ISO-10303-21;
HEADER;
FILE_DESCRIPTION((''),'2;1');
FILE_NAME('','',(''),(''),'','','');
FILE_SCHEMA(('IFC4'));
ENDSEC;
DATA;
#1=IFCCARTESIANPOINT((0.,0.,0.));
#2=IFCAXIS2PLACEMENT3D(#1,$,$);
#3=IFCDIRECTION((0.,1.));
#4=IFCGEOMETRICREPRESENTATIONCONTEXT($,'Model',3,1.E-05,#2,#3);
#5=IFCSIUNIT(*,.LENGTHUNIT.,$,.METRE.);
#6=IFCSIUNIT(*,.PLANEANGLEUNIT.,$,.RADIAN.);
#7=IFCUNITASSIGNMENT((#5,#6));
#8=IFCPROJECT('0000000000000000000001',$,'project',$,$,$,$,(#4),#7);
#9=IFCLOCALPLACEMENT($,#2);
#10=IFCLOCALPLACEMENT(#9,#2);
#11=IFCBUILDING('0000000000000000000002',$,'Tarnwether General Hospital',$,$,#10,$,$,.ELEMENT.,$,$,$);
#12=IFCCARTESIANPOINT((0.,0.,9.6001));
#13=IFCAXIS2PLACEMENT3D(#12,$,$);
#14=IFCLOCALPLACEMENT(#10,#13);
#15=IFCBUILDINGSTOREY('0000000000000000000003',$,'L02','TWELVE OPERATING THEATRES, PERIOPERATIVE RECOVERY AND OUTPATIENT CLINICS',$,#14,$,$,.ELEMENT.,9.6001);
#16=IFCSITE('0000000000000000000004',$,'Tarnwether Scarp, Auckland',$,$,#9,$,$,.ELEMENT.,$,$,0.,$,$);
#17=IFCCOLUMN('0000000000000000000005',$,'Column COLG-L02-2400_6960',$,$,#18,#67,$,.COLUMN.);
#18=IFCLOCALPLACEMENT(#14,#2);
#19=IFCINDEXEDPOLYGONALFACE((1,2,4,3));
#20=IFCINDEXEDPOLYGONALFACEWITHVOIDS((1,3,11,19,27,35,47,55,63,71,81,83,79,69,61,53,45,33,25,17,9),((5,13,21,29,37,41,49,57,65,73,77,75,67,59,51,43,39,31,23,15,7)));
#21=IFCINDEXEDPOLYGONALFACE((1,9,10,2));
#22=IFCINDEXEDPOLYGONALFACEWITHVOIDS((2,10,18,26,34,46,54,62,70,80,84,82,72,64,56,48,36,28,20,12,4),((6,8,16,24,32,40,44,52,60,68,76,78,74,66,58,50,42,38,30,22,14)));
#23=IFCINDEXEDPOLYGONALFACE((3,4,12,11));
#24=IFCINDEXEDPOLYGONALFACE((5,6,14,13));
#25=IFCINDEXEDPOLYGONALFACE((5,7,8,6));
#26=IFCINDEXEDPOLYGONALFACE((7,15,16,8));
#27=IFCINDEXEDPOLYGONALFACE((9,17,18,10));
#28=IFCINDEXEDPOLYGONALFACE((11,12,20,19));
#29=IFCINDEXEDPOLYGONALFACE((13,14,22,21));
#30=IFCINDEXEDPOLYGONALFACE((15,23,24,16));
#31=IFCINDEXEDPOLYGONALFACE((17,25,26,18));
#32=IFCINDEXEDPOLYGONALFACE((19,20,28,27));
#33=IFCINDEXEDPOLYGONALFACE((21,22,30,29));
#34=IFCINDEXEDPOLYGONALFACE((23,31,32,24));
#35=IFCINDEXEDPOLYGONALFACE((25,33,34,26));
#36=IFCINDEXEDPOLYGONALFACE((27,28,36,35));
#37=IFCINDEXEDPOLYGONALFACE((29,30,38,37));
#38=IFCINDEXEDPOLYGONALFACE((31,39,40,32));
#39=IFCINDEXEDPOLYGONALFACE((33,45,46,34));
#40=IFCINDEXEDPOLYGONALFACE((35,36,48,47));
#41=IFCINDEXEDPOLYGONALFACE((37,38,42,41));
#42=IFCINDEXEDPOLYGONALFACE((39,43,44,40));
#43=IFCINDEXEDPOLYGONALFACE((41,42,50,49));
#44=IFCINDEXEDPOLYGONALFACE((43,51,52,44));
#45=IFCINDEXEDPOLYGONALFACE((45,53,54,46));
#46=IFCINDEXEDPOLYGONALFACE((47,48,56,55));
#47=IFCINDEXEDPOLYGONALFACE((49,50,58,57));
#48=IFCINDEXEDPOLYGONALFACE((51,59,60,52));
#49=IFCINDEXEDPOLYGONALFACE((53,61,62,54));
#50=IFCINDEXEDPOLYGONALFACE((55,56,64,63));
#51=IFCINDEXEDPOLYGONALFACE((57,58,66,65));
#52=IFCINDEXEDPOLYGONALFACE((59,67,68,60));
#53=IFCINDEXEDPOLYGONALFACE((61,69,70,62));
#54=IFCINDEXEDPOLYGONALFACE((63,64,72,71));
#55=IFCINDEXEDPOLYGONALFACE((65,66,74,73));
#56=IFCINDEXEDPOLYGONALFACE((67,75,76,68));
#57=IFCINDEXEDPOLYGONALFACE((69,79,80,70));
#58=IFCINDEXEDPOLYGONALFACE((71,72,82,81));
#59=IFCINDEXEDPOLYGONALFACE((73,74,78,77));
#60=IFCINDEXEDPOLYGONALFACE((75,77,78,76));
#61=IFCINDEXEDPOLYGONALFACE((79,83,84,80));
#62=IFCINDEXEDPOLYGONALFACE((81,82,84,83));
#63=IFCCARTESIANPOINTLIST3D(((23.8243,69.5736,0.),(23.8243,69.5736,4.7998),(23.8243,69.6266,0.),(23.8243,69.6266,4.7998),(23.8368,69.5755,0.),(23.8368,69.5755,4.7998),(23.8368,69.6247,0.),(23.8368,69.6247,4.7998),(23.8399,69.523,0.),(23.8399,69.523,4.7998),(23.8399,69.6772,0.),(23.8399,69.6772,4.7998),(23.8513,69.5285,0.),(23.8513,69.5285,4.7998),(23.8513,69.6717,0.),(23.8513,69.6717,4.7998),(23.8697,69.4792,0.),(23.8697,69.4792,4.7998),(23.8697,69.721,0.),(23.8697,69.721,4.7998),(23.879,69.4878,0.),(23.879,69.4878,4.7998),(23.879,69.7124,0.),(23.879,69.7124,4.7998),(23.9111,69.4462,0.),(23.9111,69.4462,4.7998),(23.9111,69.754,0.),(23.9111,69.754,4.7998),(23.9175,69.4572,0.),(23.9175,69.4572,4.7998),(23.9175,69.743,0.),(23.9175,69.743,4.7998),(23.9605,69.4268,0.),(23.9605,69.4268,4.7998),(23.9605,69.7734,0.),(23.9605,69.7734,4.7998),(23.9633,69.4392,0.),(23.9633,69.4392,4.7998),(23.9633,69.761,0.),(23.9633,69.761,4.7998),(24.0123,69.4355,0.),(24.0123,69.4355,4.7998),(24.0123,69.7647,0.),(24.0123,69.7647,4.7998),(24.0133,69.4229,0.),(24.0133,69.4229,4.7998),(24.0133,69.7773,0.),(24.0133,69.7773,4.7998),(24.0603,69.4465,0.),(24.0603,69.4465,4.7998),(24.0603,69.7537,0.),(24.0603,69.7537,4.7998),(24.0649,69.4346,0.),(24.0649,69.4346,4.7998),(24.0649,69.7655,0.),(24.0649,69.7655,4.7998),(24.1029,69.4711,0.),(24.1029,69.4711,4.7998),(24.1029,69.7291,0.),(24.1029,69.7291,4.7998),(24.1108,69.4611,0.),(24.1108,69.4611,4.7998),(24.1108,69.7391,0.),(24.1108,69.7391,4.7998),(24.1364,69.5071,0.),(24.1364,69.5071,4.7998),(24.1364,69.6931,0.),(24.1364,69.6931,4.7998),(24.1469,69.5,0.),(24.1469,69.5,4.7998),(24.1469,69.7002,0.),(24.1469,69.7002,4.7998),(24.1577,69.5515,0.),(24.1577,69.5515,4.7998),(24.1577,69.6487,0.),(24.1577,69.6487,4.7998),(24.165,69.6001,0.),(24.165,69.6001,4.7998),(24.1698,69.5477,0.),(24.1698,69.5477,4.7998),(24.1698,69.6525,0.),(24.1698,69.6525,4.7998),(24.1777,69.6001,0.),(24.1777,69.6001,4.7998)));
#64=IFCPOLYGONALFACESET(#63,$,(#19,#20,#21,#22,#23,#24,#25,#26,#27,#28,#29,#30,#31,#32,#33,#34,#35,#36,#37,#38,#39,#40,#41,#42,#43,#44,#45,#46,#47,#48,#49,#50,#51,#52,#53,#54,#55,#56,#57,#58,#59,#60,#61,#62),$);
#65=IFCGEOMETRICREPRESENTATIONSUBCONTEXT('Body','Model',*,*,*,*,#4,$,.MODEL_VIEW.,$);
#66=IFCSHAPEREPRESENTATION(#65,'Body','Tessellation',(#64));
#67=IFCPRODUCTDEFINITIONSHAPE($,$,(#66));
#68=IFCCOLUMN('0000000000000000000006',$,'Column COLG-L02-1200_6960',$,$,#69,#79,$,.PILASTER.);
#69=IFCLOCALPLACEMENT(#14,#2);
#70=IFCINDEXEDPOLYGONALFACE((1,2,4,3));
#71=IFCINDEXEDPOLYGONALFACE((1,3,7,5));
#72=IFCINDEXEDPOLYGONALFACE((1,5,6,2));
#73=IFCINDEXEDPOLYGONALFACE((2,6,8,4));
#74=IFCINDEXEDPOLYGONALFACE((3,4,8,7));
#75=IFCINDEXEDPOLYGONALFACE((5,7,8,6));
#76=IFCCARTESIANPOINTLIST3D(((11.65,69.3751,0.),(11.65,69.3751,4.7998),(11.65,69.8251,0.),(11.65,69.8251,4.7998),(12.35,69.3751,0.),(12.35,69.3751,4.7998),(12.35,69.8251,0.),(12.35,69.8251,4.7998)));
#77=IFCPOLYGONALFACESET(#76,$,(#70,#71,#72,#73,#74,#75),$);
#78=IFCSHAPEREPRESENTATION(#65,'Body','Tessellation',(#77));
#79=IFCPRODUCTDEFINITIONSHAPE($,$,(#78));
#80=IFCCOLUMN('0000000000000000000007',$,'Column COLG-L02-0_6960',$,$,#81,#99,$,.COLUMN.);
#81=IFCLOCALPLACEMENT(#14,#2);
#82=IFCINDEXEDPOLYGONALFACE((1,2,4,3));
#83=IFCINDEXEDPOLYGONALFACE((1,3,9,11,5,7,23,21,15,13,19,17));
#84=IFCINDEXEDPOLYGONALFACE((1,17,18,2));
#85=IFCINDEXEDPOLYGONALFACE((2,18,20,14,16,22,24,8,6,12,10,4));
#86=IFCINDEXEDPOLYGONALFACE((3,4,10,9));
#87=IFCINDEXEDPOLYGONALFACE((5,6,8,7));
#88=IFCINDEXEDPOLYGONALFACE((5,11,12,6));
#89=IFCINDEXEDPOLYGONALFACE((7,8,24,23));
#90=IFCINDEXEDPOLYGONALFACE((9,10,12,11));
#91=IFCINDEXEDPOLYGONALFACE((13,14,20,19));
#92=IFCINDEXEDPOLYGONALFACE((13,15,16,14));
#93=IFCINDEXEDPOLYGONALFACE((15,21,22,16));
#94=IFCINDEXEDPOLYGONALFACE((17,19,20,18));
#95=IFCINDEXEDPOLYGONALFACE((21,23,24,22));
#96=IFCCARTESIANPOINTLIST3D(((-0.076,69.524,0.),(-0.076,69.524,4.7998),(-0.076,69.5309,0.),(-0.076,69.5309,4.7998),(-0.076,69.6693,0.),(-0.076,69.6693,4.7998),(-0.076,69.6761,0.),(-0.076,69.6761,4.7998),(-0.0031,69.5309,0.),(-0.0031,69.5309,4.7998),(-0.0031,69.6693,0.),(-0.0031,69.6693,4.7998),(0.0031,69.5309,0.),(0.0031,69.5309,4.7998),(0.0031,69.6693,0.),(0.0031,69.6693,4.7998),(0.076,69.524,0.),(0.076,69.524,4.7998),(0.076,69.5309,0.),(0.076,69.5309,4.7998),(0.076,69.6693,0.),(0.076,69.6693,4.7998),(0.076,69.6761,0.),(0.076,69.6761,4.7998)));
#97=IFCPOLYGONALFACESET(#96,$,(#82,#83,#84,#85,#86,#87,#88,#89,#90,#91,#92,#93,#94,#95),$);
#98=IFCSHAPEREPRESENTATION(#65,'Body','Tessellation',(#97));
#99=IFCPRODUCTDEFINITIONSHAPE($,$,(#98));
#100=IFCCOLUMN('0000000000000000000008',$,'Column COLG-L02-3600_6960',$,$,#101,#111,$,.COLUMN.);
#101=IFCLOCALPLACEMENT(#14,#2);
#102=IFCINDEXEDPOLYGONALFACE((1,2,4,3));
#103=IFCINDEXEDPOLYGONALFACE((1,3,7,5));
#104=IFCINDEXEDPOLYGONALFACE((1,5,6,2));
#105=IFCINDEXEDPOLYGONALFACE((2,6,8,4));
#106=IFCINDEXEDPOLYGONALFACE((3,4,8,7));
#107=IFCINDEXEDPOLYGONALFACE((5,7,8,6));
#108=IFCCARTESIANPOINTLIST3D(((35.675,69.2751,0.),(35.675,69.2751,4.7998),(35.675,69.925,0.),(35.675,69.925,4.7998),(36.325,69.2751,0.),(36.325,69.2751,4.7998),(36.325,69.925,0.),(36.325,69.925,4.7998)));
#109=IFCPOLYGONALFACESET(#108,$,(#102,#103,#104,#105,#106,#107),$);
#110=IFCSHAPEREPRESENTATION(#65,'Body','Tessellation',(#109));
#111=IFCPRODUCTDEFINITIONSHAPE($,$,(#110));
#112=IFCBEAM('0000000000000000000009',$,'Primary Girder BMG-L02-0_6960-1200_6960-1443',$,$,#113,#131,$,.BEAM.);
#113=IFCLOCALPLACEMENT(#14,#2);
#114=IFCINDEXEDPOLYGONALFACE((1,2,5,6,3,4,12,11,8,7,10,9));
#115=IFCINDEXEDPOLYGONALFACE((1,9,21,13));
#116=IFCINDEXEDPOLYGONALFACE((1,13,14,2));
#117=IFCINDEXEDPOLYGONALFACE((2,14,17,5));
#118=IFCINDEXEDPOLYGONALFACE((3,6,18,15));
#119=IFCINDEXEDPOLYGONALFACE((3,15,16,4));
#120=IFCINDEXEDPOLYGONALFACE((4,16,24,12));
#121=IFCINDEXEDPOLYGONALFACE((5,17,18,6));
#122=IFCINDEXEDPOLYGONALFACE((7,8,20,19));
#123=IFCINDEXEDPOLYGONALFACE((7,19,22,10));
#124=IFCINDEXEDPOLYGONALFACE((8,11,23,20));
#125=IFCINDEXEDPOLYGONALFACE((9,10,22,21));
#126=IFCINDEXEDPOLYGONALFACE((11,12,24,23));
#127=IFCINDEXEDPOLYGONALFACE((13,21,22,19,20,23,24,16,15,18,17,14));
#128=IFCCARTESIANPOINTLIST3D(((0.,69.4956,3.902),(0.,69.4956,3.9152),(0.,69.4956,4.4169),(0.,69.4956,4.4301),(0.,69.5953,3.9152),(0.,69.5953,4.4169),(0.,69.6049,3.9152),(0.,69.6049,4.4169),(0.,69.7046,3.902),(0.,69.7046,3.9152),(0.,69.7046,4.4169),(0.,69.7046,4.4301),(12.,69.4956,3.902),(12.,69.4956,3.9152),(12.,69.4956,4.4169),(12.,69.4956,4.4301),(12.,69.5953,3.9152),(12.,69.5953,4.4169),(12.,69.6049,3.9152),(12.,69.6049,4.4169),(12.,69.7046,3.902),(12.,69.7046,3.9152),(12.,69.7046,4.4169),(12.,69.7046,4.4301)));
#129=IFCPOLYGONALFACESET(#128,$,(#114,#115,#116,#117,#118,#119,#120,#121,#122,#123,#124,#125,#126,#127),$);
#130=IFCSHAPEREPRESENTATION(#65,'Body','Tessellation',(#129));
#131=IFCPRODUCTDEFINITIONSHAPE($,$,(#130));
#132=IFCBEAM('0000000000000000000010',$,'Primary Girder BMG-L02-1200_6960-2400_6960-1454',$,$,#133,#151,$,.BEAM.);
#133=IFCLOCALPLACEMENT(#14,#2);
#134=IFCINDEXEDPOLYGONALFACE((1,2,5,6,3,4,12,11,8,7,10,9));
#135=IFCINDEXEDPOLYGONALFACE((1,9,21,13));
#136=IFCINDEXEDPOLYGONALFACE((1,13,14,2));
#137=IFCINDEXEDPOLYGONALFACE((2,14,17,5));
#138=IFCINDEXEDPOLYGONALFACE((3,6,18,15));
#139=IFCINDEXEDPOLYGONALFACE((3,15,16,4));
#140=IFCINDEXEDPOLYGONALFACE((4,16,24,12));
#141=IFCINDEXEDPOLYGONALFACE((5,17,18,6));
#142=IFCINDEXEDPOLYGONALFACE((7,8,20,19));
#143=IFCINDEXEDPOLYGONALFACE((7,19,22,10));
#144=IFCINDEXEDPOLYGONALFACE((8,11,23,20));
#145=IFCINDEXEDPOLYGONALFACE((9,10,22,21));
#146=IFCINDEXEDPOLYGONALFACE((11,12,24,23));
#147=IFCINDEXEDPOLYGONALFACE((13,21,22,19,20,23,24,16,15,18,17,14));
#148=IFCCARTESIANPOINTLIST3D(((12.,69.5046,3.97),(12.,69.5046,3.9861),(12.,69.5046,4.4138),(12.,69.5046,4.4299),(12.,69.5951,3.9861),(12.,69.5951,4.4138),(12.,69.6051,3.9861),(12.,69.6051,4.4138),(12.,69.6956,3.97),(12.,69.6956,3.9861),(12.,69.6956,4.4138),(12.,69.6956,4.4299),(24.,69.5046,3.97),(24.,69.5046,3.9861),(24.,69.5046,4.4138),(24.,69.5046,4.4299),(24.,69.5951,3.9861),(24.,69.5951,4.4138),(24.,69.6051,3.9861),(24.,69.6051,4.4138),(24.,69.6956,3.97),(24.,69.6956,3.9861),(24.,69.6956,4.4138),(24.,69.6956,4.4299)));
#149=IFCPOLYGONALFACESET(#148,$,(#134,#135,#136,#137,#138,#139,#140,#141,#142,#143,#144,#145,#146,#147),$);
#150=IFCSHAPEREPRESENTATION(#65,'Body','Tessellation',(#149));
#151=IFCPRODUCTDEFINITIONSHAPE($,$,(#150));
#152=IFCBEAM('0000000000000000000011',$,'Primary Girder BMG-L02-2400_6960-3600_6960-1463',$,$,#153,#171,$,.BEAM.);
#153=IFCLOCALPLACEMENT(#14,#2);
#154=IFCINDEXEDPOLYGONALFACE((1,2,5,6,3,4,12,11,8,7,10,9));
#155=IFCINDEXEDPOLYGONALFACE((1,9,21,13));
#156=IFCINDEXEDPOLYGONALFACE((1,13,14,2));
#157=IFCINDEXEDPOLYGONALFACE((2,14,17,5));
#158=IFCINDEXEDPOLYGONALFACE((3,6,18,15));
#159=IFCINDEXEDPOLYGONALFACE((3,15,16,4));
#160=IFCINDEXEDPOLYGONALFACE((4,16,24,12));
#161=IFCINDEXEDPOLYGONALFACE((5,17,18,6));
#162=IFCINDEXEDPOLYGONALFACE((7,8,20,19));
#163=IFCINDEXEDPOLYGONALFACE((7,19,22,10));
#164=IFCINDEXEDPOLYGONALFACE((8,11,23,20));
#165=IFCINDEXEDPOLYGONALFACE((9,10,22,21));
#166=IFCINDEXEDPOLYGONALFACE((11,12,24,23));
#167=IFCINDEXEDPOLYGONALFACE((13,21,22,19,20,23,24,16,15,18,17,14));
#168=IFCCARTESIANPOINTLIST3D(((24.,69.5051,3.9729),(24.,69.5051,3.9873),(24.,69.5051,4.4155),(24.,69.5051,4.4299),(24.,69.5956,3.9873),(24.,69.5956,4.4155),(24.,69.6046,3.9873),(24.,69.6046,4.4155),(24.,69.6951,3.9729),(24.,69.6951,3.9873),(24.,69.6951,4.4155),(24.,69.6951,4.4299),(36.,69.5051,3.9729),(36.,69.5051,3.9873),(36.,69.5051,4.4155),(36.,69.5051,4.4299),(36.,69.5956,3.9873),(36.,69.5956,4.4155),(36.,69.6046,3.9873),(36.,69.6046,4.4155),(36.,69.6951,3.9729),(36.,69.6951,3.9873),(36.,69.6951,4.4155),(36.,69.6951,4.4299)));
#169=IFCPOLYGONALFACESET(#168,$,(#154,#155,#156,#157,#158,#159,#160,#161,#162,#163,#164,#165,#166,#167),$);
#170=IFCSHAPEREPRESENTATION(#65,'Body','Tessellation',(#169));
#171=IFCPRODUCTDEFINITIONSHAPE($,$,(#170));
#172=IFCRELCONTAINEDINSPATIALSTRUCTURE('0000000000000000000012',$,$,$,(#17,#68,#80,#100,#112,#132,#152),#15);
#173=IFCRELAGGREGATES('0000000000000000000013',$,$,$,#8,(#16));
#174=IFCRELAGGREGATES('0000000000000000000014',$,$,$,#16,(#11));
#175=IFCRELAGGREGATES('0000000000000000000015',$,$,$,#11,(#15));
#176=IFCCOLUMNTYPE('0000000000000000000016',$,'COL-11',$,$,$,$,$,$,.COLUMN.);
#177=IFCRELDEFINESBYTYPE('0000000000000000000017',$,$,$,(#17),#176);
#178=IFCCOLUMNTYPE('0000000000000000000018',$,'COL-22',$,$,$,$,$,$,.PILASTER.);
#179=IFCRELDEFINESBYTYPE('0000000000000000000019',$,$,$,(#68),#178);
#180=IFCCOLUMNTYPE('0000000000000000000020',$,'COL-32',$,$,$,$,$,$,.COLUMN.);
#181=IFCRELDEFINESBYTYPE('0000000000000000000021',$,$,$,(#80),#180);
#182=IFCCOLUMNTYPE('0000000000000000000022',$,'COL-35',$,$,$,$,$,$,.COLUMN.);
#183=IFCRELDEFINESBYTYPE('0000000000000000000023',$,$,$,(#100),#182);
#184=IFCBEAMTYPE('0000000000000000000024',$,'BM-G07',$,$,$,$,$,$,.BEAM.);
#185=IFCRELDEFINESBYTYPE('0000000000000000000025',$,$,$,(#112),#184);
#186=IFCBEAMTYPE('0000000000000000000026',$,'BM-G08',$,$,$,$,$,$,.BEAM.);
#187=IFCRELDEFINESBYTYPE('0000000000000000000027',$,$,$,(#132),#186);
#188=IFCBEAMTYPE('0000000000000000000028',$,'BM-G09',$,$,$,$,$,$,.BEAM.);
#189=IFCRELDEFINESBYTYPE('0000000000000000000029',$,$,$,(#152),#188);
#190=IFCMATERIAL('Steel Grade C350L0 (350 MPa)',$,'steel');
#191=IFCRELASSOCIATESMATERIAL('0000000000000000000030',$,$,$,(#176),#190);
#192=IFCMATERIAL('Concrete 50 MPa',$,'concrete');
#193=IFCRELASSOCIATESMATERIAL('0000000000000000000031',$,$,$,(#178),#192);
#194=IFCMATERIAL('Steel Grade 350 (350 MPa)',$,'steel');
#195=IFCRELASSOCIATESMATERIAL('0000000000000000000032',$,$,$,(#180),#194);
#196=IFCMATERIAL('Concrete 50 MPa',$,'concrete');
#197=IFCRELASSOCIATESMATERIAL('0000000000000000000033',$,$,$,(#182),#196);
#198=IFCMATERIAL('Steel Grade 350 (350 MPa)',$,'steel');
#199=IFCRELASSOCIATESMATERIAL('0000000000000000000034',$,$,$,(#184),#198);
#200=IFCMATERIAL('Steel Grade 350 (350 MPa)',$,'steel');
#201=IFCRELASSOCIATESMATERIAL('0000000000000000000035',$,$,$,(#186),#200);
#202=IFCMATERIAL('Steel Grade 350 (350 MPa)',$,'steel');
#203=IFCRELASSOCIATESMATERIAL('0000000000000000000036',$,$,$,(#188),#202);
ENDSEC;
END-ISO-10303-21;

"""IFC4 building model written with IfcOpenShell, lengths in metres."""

from ifc_helpers import new_model, si_unit, direction, frame, origin, origin_2d, place, context, subcontext, project, spatial, rectangle, hollow_circle, i_section, extrude, material, material_profile, profile_set, type_object, element, save


model = new_model("IFC4")

# Units and contexts
model_context = context("Model", 3, precision=1e-05, world=origin(), true_north=direction((0.0, 1.0)))
body_context = subcontext(model_context, "Body", "Model", "MODEL_VIEW")
ifc_project = project(units=[si_unit("LENGTHUNIT", "METRE"), si_unit("PLANEANGLEUNIT", "RADIAN")], contexts=[model_context])

# Site, building, storey
site_placement = place(None, origin())
site = spatial("IfcSite", under=ifc_project, at=site_placement, Name="Tarnwether Scarp, Auckland", CompositionType="ELEMENT", RefElevation=0.0)
building_placement = place(site_placement, origin())
building = spatial("IfcBuilding", under=site, at=building_placement, Name="Tarnwether General Hospital", CompositionType="ELEMENT")
storey_placement = place(building_placement, frame((0.0, 0.0, 9.6001)))
storey = spatial("IfcBuildingStorey", under=building, at=storey_placement, Name="L02", Description="TWELVE OPERATING THEATRES, PERIOPERATIVE RECOVERY AND OUTPATIENT CLINICS", CompositionType="ELEMENT", Elevation=9.6001)

# Columns
ifc_material_1 = material(Name="Steel Grade C350L0 (350 MPa)", Category="steel")
ifc_material_profile_1 = material_profile(ifc_material_1, hollow_circle(Radius=0.1777, WallThickness=0.0127, at=origin_2d()), Name="CHS355.6x12.7")
ifc_profile_set_1 = profile_set([ifc_material_profile_1], Name="Steel Grade C350L0 (350 MPa)")
column_type_1 = type_object("IfcColumnType", Name="COL-11", PredefinedType="COLUMN", material=ifc_profile_set_1)
column_1_placement = place(storey_placement, frame((24.0, 69.6001, 0.0), z_axis=(0.0, 0.0, 1.0), x_axis=(1.0, 0.0, 0.0)))
element("IfcColumn", 1, at=column_1_placement, inside=storey, type_object=column_type_1, Name="Column COLG-L02-2400_6960", PredefinedType="COLUMN", context=body_context, shape_type="SweptSolid", body=[
    extrude(hollow_circle(Radius=0.1777, WallThickness=0.0127, at=origin_2d()), origin(), (0.0, 0.0, 1.0), 4.7998),
])
ifc_material_2 = material(Name="Concrete 50 MPa", Category="concrete")
ifc_material_profile_2 = material_profile(ifc_material_2, rectangle(XDim=0.45, YDim=0.7, at=origin_2d()), Name="RC-PIL-450x700")
ifc_profile_set_2 = profile_set([ifc_material_profile_2], Name="Concrete 50 MPa")
column_type_2 = type_object("IfcColumnType", Name="COL-22", PredefinedType="PILASTER", material=ifc_profile_set_2)
column_2_placement = place(storey_placement, frame((12.0, 69.6001, 0.0), z_axis=(0.0, 0.0, 1.0), x_axis=(0.0, 1.0, 0.0)))
element("IfcColumn", 2, at=column_2_placement, inside=storey, type_object=column_type_2, Name="Column COLG-L02-1200_6960", PredefinedType="PILASTER", context=body_context, shape_type="SweptSolid", body=[
    extrude(rectangle(XDim=0.45, YDim=0.7, at=origin_2d()), origin(), (0.0, 0.0, 1.0), 4.7998),
])
ifc_material_3 = material(Name="Steel Grade 350 (350 MPa)", Category="steel")
ifc_material_profile_3 = material_profile(ifc_material_3, i_section(OverallWidth=0.1521, OverallDepth=0.1521, WebThickness=0.0061, FlangeThickness=0.0068, at=origin_2d()), Name="150UC23.4")
ifc_profile_set_3 = profile_set([ifc_material_profile_3], Name="Steel Grade 350 (350 MPa)")
column_type_3 = type_object("IfcColumnType", Name="COL-32", PredefinedType="COLUMN", material=ifc_profile_set_3)
column_3_placement = place(storey_placement, frame((0.0, 69.6001, 0.0), z_axis=(0.0, 0.0, 1.0), x_axis=(1.0, 0.0, 0.0)))
element("IfcColumn", 3, at=column_3_placement, inside=storey, type_object=column_type_3, Name="Column COLG-L02-0_6960", PredefinedType="COLUMN", context=body_context, shape_type="SweptSolid", body=[
    extrude(i_section(OverallWidth=0.1521, OverallDepth=0.1521, WebThickness=0.0061, FlangeThickness=0.0068, at=origin_2d()), origin(), (0.0, 0.0, 1.0), 4.7998),
])
ifc_material_4 = material(Name="Concrete 50 MPa", Category="concrete")
ifc_material_profile_4 = material_profile(ifc_material_4, rectangle(XDim=0.6499, YDim=0.6499, at=origin_2d()), Name="RC-COL-650x650")
ifc_profile_set_4 = profile_set([ifc_material_profile_4], Name="Concrete 50 MPa")
column_type_4 = type_object("IfcColumnType", Name="COL-35", PredefinedType="COLUMN", material=ifc_profile_set_4)
column_4_placement = place(storey_placement, frame((36.0, 69.6001, 0.0), z_axis=(0.0, 0.0, 1.0), x_axis=(0.0, 1.0, 0.0)))
element("IfcColumn", 4, at=column_4_placement, inside=storey, type_object=column_type_4, Name="Column COLG-L02-3600_6960", PredefinedType="COLUMN", context=body_context, shape_type="SweptSolid", body=[
    extrude(rectangle(XDim=0.6499, YDim=0.6499, at=origin_2d()), origin(), (0.0, 0.0, 1.0), 4.7998),
])

# Beams
ifc_material_5 = material(Name="Steel Grade 350 (350 MPa)", Category="steel")
ifc_material_profile_5 = material_profile(ifc_material_5, i_section(OverallWidth=0.209, OverallDepth=0.5281, WebThickness=0.0095, FlangeThickness=0.0132, at=origin_2d()), Name="530UB82.0")
ifc_profile_set_5 = profile_set([ifc_material_profile_5], Name="Steel Grade 350 (350 MPa)")
beam_type_1 = type_object("IfcBeamType", Name="BM-G07", PredefinedType="BEAM", material=ifc_profile_set_5)
beam_1_placement = place(storey_placement, frame((0.0, 69.6001, 4.166), z_axis=(1.0, 0.0, 0.0), x_axis=(0.0, 1.0, 0.0)))
element("IfcBeam", 5, at=beam_1_placement, inside=storey, type_object=beam_type_1, Name="Primary Girder BMG-L02-0_6960-1200_6960-1443", PredefinedType="BEAM", context=body_context, shape_type="SweptSolid", body=[
    extrude(i_section(OverallWidth=0.209, OverallDepth=0.5281, WebThickness=0.0095, FlangeThickness=0.0132, at=origin_2d()), origin(), (0.0, 0.0, 1.0), 12.0),
])
ifc_material_6 = material(Name="Steel Grade 350 (350 MPa)", Category="steel")
ifc_material_profile_6 = material_profile(ifc_material_6, i_section(OverallWidth=0.1909, OverallDepth=0.46, WebThickness=0.01, FlangeThickness=0.0161, at=origin_2d()), Name="460UB82.1")
ifc_profile_set_6 = profile_set([ifc_material_profile_6], Name="Steel Grade 350 (350 MPa)")
beam_type_2 = type_object("IfcBeamType", Name="BM-G08", PredefinedType="BEAM", material=ifc_profile_set_6)
beam_2_placement = place(storey_placement, frame((12.0, 69.6001, 4.2), z_axis=(1.0, 0.0, 0.0), x_axis=(0.0, 1.0, 0.0)))
element("IfcBeam", 6, at=beam_2_placement, inside=storey, type_object=beam_type_2, Name="Primary Girder BMG-L02-1200_6960-2400_6960-1454", PredefinedType="BEAM", context=body_context, shape_type="SweptSolid", body=[
    extrude(i_section(OverallWidth=0.1909, OverallDepth=0.46, WebThickness=0.01, FlangeThickness=0.0161, at=origin_2d()), origin(), (0.0, 0.0, 1.0), 12.0),
])
ifc_material_7 = material(Name="Steel Grade 350 (350 MPa)", Category="steel")
ifc_material_profile_7 = material_profile(ifc_material_7, i_section(OverallWidth=0.1899, OverallDepth=0.457, WebThickness=0.009, FlangeThickness=0.0144, at=origin_2d()), Name="460UB74.6")
ifc_profile_set_7 = profile_set([ifc_material_profile_7], Name="Steel Grade 350 (350 MPa)")
beam_type_3 = type_object("IfcBeamType", Name="BM-G09", PredefinedType="BEAM", material=ifc_profile_set_7)
beam_3_placement = place(storey_placement, frame((24.0, 69.6001, 4.2014), z_axis=(1.0, 0.0, 0.0), x_axis=(0.0, 1.0, 0.0)))
element("IfcBeam", 7, at=beam_3_placement, inside=storey, type_object=beam_type_3, Name="Primary Girder BMG-L02-2400_6960-3600_6960-1463", PredefinedType="BEAM", context=body_context, shape_type="SweptSolid", body=[
    extrude(i_section(OverallWidth=0.1899, OverallDepth=0.457, WebThickness=0.009, FlangeThickness=0.0144, at=origin_2d()), origin(), (0.0, 0.0, 1.0), 12.0),
])

save(model, "model.ifc")
